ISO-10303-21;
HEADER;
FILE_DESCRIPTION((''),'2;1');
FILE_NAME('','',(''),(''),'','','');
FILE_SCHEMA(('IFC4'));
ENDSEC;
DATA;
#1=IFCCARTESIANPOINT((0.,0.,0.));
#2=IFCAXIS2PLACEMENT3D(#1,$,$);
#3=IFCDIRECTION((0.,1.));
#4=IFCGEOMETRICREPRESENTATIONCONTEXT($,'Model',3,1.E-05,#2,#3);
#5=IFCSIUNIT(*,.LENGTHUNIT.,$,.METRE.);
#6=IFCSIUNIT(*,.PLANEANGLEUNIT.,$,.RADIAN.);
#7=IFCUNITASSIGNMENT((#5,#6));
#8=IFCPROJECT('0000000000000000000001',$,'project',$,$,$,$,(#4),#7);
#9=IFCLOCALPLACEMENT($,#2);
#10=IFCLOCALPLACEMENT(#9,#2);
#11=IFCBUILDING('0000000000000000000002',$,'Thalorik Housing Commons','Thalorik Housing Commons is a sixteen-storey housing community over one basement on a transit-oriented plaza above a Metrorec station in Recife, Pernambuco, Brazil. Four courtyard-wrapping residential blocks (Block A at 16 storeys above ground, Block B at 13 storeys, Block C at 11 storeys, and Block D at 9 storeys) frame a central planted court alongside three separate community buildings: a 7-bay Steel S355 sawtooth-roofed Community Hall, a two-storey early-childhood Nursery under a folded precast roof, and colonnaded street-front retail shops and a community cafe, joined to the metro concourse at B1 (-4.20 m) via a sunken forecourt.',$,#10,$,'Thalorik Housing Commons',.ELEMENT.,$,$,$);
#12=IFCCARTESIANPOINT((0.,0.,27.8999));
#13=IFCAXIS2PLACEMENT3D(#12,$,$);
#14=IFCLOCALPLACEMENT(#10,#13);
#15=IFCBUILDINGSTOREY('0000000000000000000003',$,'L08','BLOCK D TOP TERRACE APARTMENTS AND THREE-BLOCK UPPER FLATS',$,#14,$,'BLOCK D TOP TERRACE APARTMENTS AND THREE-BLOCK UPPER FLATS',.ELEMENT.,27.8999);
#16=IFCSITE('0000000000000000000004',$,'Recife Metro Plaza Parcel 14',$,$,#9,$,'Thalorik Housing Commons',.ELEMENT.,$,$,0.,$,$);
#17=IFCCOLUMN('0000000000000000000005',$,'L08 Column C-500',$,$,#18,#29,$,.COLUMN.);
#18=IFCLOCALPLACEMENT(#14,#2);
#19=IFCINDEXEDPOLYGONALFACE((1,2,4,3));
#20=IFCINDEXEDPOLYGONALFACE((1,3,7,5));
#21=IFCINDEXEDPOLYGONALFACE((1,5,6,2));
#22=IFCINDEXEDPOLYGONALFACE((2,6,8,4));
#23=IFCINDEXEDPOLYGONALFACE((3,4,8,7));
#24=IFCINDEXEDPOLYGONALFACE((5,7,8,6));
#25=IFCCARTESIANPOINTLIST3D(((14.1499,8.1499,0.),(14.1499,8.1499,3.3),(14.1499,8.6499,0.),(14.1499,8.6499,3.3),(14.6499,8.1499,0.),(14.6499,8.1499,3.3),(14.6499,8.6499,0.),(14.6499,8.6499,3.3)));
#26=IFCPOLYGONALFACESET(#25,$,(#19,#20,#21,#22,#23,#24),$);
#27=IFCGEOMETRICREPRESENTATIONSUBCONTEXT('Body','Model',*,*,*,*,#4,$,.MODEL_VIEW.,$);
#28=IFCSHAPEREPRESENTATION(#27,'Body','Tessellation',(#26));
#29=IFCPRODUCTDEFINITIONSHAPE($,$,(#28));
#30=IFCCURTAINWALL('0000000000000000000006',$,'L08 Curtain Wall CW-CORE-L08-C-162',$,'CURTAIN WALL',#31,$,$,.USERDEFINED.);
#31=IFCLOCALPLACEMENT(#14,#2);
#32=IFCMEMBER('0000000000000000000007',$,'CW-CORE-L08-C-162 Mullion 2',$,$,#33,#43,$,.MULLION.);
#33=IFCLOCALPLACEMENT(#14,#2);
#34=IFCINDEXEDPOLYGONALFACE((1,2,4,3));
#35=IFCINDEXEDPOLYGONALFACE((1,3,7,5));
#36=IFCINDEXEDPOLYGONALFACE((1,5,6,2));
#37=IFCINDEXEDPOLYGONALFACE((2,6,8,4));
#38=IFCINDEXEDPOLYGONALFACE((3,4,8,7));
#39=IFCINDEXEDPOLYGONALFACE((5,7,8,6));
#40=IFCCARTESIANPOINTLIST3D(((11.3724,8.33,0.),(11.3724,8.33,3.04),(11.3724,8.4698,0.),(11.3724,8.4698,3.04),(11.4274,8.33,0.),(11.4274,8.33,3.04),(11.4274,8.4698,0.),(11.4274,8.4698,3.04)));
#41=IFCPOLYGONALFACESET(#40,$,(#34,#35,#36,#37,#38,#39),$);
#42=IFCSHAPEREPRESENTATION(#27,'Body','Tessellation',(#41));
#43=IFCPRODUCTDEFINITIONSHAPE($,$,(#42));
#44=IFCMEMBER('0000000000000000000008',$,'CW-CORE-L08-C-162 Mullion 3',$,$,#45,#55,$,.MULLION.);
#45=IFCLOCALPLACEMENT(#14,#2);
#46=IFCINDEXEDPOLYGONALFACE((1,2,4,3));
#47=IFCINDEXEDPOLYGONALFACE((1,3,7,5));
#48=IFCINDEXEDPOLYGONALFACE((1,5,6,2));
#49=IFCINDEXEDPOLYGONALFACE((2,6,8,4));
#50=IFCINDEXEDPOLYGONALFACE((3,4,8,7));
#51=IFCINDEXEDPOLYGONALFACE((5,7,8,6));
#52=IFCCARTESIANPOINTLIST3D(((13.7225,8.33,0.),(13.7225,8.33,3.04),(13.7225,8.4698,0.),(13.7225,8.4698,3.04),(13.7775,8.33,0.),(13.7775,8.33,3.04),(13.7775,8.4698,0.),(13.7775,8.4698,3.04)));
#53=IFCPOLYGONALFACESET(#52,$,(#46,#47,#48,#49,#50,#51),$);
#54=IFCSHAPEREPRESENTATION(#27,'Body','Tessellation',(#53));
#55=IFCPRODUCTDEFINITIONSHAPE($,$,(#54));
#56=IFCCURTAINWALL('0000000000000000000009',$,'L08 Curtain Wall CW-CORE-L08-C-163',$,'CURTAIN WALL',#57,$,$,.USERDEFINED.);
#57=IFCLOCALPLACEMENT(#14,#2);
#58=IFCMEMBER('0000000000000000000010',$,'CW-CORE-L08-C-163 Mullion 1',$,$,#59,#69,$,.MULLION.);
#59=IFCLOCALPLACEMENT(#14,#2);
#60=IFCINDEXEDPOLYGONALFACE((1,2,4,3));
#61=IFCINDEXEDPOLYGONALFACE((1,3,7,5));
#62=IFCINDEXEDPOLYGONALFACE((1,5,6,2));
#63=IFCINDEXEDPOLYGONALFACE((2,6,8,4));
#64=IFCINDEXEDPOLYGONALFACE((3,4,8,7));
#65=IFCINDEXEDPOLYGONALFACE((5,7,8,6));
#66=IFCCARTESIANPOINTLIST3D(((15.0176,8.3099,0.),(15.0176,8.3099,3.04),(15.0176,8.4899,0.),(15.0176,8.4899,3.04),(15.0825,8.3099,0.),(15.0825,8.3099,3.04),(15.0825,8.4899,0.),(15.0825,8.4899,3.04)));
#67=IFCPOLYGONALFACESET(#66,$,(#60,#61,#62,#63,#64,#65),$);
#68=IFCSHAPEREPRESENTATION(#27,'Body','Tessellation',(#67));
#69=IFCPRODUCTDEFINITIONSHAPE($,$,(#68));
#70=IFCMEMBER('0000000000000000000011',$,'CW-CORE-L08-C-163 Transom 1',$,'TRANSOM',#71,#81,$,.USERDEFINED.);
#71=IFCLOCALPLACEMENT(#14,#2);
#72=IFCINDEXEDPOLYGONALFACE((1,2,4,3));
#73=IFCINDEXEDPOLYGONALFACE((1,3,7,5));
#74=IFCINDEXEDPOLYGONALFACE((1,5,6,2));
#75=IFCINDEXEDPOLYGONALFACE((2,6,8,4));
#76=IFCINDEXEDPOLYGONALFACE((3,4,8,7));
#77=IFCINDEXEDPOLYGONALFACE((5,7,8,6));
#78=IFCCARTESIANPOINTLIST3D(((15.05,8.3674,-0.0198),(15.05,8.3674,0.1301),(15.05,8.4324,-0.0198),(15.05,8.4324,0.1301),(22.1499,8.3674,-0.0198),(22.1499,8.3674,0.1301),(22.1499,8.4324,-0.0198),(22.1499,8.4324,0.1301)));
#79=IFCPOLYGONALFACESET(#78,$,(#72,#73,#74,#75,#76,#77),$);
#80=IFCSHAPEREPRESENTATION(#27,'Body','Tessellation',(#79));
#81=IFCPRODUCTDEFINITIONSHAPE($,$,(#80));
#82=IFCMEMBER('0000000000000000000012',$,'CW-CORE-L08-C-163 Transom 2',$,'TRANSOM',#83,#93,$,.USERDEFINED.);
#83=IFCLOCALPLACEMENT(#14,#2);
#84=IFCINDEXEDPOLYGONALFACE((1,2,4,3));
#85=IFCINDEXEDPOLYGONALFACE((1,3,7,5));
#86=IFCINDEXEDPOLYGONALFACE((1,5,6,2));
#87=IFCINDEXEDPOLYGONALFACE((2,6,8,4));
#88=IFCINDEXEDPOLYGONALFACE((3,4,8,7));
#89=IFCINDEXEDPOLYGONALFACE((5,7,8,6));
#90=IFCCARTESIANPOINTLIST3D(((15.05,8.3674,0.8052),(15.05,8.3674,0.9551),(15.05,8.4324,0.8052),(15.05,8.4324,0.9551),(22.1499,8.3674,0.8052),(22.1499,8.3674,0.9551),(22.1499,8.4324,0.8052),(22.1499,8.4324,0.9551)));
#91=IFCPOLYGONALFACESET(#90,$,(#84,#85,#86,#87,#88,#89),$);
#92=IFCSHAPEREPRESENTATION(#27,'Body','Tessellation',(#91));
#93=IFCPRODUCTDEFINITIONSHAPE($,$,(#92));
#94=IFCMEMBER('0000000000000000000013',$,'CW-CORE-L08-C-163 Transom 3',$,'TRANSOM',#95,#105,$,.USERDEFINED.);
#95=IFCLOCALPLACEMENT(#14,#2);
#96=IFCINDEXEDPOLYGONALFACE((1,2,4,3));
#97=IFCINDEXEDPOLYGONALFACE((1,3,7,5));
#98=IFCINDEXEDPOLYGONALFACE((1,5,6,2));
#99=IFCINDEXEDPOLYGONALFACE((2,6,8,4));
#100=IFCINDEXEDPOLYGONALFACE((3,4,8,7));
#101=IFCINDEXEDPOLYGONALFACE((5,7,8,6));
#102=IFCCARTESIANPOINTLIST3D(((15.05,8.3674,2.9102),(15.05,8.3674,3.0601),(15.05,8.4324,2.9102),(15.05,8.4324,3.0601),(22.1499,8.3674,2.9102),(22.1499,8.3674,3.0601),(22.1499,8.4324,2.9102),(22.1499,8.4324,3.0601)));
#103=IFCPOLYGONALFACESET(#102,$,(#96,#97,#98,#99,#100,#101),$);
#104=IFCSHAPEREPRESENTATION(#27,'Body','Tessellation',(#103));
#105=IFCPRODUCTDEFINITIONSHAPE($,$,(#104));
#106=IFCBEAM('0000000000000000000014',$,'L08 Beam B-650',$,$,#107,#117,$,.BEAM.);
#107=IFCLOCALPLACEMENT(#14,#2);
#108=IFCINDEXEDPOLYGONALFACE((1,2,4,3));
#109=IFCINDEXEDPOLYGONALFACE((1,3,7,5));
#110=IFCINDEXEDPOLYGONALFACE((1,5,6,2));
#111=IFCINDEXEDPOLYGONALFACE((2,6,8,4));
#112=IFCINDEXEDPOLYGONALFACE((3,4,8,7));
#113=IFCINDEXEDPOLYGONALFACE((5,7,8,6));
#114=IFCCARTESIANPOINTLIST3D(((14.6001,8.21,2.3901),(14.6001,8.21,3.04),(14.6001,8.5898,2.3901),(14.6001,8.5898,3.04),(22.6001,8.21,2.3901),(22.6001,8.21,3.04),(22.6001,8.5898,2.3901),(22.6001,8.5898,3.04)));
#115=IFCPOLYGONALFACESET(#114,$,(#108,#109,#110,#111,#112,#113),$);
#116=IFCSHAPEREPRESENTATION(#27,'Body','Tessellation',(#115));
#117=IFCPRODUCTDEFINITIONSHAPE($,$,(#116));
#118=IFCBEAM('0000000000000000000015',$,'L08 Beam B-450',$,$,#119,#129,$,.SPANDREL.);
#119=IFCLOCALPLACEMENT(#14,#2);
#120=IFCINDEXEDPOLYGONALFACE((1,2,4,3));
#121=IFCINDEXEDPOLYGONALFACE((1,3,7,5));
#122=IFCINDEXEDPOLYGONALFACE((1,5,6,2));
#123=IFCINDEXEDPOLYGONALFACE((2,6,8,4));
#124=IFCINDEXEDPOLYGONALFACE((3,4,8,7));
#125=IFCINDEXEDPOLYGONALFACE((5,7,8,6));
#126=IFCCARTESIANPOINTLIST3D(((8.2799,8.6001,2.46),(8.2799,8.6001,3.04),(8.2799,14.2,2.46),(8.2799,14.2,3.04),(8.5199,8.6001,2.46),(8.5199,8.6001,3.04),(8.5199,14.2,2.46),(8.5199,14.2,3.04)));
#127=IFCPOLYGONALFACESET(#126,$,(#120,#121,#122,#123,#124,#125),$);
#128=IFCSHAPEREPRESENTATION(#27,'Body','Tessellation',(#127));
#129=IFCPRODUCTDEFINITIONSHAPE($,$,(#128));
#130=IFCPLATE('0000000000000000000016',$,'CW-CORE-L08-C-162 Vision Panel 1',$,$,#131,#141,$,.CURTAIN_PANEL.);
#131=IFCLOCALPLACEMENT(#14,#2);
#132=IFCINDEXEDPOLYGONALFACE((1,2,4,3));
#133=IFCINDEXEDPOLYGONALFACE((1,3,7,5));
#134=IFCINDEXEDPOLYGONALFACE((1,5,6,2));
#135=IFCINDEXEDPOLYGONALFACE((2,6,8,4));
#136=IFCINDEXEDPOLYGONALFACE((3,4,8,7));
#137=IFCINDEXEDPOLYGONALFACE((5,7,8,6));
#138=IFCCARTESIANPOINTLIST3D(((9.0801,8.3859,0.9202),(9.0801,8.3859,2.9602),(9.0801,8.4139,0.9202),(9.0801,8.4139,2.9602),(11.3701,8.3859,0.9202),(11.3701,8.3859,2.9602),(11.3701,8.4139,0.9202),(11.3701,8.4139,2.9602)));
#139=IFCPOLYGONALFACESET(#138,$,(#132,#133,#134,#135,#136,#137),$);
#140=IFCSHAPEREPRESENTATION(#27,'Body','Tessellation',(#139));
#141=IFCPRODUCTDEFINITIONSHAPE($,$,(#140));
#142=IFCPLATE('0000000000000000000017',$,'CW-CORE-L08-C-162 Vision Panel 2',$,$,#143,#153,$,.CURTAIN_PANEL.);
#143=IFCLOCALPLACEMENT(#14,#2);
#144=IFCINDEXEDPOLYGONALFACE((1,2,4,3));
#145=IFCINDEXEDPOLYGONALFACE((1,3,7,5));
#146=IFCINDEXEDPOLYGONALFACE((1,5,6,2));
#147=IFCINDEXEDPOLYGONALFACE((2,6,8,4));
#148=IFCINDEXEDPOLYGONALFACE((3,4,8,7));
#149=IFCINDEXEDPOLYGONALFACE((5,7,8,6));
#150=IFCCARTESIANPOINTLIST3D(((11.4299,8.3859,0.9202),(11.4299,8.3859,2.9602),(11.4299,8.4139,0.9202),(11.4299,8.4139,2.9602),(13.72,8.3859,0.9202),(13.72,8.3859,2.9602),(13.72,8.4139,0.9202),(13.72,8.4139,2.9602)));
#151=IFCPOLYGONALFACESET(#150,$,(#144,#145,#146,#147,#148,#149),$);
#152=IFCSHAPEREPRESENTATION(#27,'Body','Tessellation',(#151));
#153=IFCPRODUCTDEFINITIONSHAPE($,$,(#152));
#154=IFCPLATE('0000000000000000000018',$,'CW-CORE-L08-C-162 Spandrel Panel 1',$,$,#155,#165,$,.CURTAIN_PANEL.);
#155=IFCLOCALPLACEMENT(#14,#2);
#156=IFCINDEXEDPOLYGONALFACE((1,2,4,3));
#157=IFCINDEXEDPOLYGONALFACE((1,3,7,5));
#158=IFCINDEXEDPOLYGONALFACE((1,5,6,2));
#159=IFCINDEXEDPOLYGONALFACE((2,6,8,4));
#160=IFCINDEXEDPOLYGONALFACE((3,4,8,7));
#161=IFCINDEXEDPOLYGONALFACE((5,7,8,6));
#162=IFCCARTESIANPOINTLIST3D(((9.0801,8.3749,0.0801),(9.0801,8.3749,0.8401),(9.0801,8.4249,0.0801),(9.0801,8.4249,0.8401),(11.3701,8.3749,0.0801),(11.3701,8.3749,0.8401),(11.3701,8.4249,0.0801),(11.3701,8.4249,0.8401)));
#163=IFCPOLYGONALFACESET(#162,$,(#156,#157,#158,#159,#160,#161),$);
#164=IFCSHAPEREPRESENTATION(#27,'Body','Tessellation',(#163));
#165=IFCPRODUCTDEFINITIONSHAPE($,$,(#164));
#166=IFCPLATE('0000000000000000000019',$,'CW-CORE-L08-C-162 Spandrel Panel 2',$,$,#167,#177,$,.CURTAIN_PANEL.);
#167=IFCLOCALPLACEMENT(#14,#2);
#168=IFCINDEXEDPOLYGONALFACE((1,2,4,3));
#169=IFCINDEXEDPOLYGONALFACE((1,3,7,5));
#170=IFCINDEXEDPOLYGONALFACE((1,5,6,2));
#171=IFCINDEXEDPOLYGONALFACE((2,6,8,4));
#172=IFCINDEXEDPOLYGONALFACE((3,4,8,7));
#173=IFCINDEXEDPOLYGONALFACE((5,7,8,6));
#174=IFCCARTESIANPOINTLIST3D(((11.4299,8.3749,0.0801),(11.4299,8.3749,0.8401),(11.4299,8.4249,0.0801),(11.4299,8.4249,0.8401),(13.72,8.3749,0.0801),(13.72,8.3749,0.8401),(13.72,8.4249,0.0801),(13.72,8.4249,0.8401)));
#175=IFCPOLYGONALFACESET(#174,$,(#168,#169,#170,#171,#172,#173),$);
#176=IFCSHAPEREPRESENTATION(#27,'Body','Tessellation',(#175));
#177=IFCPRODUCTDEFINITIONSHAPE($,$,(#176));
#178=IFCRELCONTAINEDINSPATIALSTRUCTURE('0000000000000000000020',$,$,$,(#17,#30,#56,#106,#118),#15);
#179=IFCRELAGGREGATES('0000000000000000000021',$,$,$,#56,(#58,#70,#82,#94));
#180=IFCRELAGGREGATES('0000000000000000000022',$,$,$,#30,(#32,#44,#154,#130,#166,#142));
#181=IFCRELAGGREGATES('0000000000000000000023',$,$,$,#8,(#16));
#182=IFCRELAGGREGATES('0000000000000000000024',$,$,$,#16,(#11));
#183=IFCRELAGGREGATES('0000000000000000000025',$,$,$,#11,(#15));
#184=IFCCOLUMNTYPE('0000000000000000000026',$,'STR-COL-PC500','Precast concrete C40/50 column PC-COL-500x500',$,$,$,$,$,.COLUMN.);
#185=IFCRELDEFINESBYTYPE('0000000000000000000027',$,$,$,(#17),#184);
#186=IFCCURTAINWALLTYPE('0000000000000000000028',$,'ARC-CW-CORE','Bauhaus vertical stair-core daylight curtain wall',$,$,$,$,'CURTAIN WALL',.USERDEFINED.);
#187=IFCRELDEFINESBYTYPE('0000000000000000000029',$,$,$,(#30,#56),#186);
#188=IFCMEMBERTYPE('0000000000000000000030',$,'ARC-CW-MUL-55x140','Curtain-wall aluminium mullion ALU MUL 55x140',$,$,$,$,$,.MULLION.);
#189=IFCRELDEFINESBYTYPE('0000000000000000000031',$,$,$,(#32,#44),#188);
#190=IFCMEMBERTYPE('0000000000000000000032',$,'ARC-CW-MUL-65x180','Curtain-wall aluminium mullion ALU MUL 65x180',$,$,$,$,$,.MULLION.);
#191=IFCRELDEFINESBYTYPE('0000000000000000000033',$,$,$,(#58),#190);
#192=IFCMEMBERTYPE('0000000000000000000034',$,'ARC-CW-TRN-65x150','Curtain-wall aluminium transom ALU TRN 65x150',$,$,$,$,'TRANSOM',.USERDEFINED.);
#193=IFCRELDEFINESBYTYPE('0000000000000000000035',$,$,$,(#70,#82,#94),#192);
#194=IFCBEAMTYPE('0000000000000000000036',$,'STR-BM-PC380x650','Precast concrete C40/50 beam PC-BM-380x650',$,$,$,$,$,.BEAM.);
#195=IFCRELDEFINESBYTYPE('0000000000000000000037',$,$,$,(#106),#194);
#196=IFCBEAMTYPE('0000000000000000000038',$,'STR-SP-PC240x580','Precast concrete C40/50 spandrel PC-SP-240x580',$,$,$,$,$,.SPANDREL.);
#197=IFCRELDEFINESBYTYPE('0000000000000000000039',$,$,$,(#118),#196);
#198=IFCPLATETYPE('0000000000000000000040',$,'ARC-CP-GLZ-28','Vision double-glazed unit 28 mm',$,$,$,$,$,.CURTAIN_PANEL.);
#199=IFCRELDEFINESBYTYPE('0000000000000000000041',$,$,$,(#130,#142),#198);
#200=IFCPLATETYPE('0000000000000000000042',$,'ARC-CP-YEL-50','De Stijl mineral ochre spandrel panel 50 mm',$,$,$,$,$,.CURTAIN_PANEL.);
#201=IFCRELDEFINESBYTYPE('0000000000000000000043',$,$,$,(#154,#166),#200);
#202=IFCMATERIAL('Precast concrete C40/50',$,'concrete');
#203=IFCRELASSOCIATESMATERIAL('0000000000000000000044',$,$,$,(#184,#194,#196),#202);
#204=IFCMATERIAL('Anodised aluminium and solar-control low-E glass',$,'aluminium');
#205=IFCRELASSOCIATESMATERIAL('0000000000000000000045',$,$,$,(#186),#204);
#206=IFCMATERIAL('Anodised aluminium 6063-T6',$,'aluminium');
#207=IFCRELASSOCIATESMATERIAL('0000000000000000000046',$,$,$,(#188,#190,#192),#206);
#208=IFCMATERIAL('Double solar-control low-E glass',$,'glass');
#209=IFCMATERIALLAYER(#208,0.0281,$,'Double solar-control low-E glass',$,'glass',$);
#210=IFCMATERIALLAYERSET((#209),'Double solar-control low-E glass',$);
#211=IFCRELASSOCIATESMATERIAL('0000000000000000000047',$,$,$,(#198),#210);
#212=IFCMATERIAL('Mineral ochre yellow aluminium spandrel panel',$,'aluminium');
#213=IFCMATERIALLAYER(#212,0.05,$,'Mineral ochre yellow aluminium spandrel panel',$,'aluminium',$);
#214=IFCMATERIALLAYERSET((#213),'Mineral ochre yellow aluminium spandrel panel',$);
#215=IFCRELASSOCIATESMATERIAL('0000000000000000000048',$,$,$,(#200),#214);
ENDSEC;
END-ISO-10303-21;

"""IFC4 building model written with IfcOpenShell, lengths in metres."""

from ifc_helpers import new_model, si_unit, direction, frame, origin, origin_2d, place, context, subcontext, project, spatial, rectangle, extrude, material, layer, layer_set, material_profile, profile_set, type_object, element, aggregate, save


model = new_model("IFC4")

# Units and contexts
model_context = context("Model", 3, precision=1e-05, world=origin(), true_north=direction((0.0, 1.0)))
body_context = subcontext(model_context, "Body", "Model", "MODEL_VIEW")
ifc_project = project(units=[si_unit("LENGTHUNIT", "METRE"), si_unit("PLANEANGLEUNIT", "RADIAN")], contexts=[model_context])

# Site, building, storey
site_placement = place(None, origin())
site = spatial("IfcSite", under=ifc_project, at=site_placement, Name="Recife Metro Plaza Parcel 14", LongName="Thalorik Housing Commons", CompositionType="ELEMENT", RefElevation=0.0)
building_placement = place(site_placement, origin())
building = spatial("IfcBuilding", under=site, at=building_placement, Name="Thalorik Housing Commons", Description="Thalorik Housing Commons is a sixteen-storey housing community over one basement on a transit-oriented plaza above a Metrorec station in Recife, Pernambuco, Brazil. Four courtyard-wrapping residential blocks (Block A at 16 storeys above ground, Block B at 13 storeys, Block C at 11 storeys, and Block D at 9 storeys) frame a central planted court alongside three separate community buildings: a 7-bay Steel S355 sawtooth-roofed Community Hall, a two-storey early-childhood Nursery under a folded precast roof, and colonnaded street-front retail shops and a community cafe, joined to the metro concourse at B1 (-4.20 m) via a sunken forecourt.", LongName="Thalorik Housing Commons", CompositionType="ELEMENT")
storey_placement = place(building_placement, frame((0.0, 0.0, 27.8999)))
storey = spatial("IfcBuildingStorey", under=building, at=storey_placement, Name="L08", Description="BLOCK D TOP TERRACE APARTMENTS AND THREE-BLOCK UPPER FLATS", LongName="BLOCK D TOP TERRACE APARTMENTS AND THREE-BLOCK UPPER FLATS", CompositionType="ELEMENT", Elevation=27.8999)

# Column
ifc_material_1 = material(Name="Precast concrete C40/50", Category="concrete")
ifc_material_profile_1 = material_profile(ifc_material_1, rectangle(XDim=0.5, YDim=0.5, at=origin_2d()), Name="PC 500x500", Category="concrete")
ifc_profile_set_1 = profile_set([ifc_material_profile_1], Name="Precast concrete C40/50")
column_type = type_object("IfcColumnType", Name="STR-COL-PC500", Description="Precast concrete C40/50 column PC-COL-500x500", PredefinedType="COLUMN", material=ifc_profile_set_1)
column_placement = place(storey_placement, frame((14.3999, 8.3999, 0.0), z_axis=(0.0, 0.0, 1.0), x_axis=(1.0, 0.0, 0.0)))
element("IfcColumn", 1, at=column_placement, inside=storey, type_object=column_type, Name="L08 Column C-500", PredefinedType="COLUMN", context=body_context, shape_type="SweptSolid", body=[
    extrude(rectangle(XDim=0.5, YDim=0.5, at=origin_2d()), origin(), (0.0, 0.0, 1.0), 3.3),
])

# Curtain walls, members
ifc_material_2 = material(Name="Anodised aluminium and solar-control low-E glass", Category="aluminium")
curtain_wall_type = type_object("IfcCurtainWallType", Name="ARC-CW-CORE", Description="Bauhaus vertical stair-core daylight curtain wall", ElementType="CURTAIN WALL", PredefinedType="USERDEFINED", material=ifc_material_2)
curtain_wall_1_placement = place(storey_placement, origin())
curtain_wall_1 = element("IfcCurtainWall", 2, at=curtain_wall_1_placement, inside=storey, type_object=curtain_wall_type, Name="L08 Curtain Wall CW-CORE-L08-C-162", ObjectType="CURTAIN WALL", PredefinedType="USERDEFINED")
ifc_material_3 = material(Name="Anodised aluminium 6063-T6", Category="aluminium")
ifc_material_profile_2 = material_profile(ifc_material_3, rectangle(XDim=0.0549, YDim=0.1399, at=origin_2d()), Name="ALU MUL 55x140", Category="aluminium")
ifc_profile_set_2 = profile_set([ifc_material_profile_2], Name="Anodised aluminium 6063-T6")
member_type_1 = type_object("IfcMemberType", Name="ARC-CW-MUL-55x140", Description="Curtain-wall aluminium mullion ALU MUL 55x140", PredefinedType="MULLION", material=ifc_profile_set_2)
member_1_placement = place(storey_placement, frame((11.3999, 8.3999, 0.0), z_axis=(0.0, 0.0, 1.0), x_axis=(1.0, 0.0, 0.0)))
member_1 = element("IfcMember", 3, at=member_1_placement, type_object=member_type_1, Name="CW-CORE-L08-C-162 Mullion 2", PredefinedType="MULLION", context=body_context, shape_type="SweptSolid", body=[
    extrude(rectangle(XDim=0.0549, YDim=0.1399, at=origin_2d()), origin(), (0.0, 0.0, 1.0), 3.04),
])
member_2_placement = place(storey_placement, frame((13.75, 8.3999, 0.0), z_axis=(0.0, 0.0, 1.0), x_axis=(1.0, 0.0, 0.0)))
member_2 = element("IfcMember", 4, at=member_2_placement, type_object=member_type_1, Name="CW-CORE-L08-C-162 Mullion 3", PredefinedType="MULLION", context=body_context, shape_type="SweptSolid", body=[
    extrude(rectangle(XDim=0.0549, YDim=0.1399, at=origin_2d()), origin(), (0.0, 0.0, 1.0), 3.04),
])
curtain_wall_2_placement = place(storey_placement, origin())
curtain_wall_2 = element("IfcCurtainWall", 5, at=curtain_wall_2_placement, inside=storey, type_object=curtain_wall_type, Name="L08 Curtain Wall CW-CORE-L08-C-163", ObjectType="CURTAIN WALL", PredefinedType="USERDEFINED")
ifc_material_profile_3 = material_profile(ifc_material_3, rectangle(XDim=0.0649, YDim=0.1799, at=origin_2d()), Name="ALU MUL 65x180", Category="aluminium")
ifc_profile_set_3 = profile_set([ifc_material_profile_3], Name="Anodised aluminium 6063-T6")
member_type_2 = type_object("IfcMemberType", Name="ARC-CW-MUL-65x180", Description="Curtain-wall aluminium mullion ALU MUL 65x180", PredefinedType="MULLION", material=ifc_profile_set_3)
member_3_placement = place(storey_placement, frame((15.05, 8.3999, 0.0), z_axis=(0.0, 0.0, 1.0), x_axis=(1.0, 0.0, 0.0)))
member_3 = element("IfcMember", 6, at=member_3_placement, type_object=member_type_2, Name="CW-CORE-L08-C-163 Mullion 1", PredefinedType="MULLION", context=body_context, shape_type="SweptSolid", body=[
    extrude(rectangle(XDim=0.0649, YDim=0.1799, at=origin_2d()), origin(), (0.0, 0.0, 1.0), 3.04),
])
ifc_material_profile_4 = material_profile(ifc_material_3, rectangle(XDim=0.0649, YDim=0.1499, at=origin_2d()), Name="ALU TRN 65x150", Category="aluminium")
ifc_profile_set_4 = profile_set([ifc_material_profile_4], Name="Anodised aluminium 6063-T6")
member_type_3 = type_object("IfcMemberType", Name="ARC-CW-TRN-65x150", Description="Curtain-wall aluminium transom ALU TRN 65x150", ElementType="TRANSOM", PredefinedType="USERDEFINED", material=ifc_profile_set_4)
member_4_placement = place(storey_placement, frame((15.05, 8.3999, 0.0552), z_axis=(1.0, 0.0, 0.0), x_axis=(0.0, 1.0, 0.0)))
member_4 = element("IfcMember", 7, at=member_4_placement, type_object=member_type_3, Name="CW-CORE-L08-C-163 Transom 1", ObjectType="TRANSOM", PredefinedType="USERDEFINED", context=body_context, shape_type="SweptSolid", body=[
    extrude(rectangle(XDim=0.0649, YDim=0.1499, at=origin_2d()), origin(), (0.0, 0.0, 1.0), 7.0999),
])
member_5_placement = place(storey_placement, frame((15.05, 8.3999, 0.8801), z_axis=(1.0, 0.0, 0.0), x_axis=(0.0, 1.0, 0.0)))
member_5 = element("IfcMember", 8, at=member_5_placement, type_object=member_type_3, Name="CW-CORE-L08-C-163 Transom 2", ObjectType="TRANSOM", PredefinedType="USERDEFINED", context=body_context, shape_type="SweptSolid", body=[
    extrude(rectangle(XDim=0.0649, YDim=0.1499, at=origin_2d()), origin(), (0.0, 0.0, 1.0), 7.0999),
])
member_6_placement = place(storey_placement, frame((15.05, 8.3999, 2.9851), z_axis=(1.0, 0.0, 0.0), x_axis=(0.0, 1.0, 0.0)))
member_6 = element("IfcMember", 9, at=member_6_placement, type_object=member_type_3, Name="CW-CORE-L08-C-163 Transom 3", ObjectType="TRANSOM", PredefinedType="USERDEFINED", context=body_context, shape_type="SweptSolid", body=[
    extrude(rectangle(XDim=0.0649, YDim=0.1499, at=origin_2d()), origin(), (0.0, 0.0, 1.0), 7.0999),
])
aggregate(curtain_wall_2, [member_3, member_4, member_5, member_6])

# Beams
ifc_material_profile_5 = material_profile(ifc_material_1, rectangle(XDim=0.3799, YDim=0.6499, at=origin_2d()), Name="PC 380x650", Category="concrete")
ifc_profile_set_5 = profile_set([ifc_material_profile_5], Name="Precast concrete C40/50")
beam_type_1 = type_object("IfcBeamType", Name="STR-BM-PC380x650", Description="Precast concrete C40/50 beam PC-BM-380x650", PredefinedType="BEAM", material=ifc_profile_set_5)
beam_1_placement = place(storey_placement, frame((14.6001, 8.3999, 2.7151), z_axis=(1.0, 0.0, 0.0), x_axis=(0.0, 1.0, 0.0)))
element("IfcBeam", 10, at=beam_1_placement, inside=storey, type_object=beam_type_1, Name="L08 Beam B-650", PredefinedType="BEAM", context=body_context, shape_type="SweptSolid", body=[
    extrude(rectangle(XDim=0.3799, YDim=0.6499, at=origin_2d()), origin(), (0.0, 0.0, 1.0), 8.0),
])
ifc_material_profile_6 = material_profile(ifc_material_1, rectangle(XDim=0.24, YDim=0.5801, at=origin_2d()), Name="PC SP 240x580", Category="concrete")
ifc_profile_set_6 = profile_set([ifc_material_profile_6], Name="Precast concrete C40/50")
beam_type_2 = type_object("IfcBeamType", Name="STR-SP-PC240x580", Description="Precast concrete C40/50 spandrel PC-SP-240x580", PredefinedType="SPANDREL", material=ifc_profile_set_6)
beam_2_placement = place(storey_placement, frame((8.3999, 8.6001, 2.75), z_axis=(0.0, 1.0, 0.0), x_axis=(-1.0, 0.0, 0.0)))
element("IfcBeam", 11, at=beam_2_placement, inside=storey, type_object=beam_type_2, Name="L08 Beam B-450", PredefinedType="SPANDREL", context=body_context, shape_type="SweptSolid", body=[
    extrude(rectangle(XDim=0.24, YDim=0.5801, at=origin_2d()), origin(), (0.0, 0.0, 1.0), 5.5999),
])

# Plates
ifc_material_4 = material(Name="Double solar-control low-E glass", Category="glass")
ifc_layer_1 = layer(ifc_material_4, 0.0281, Name="Double solar-control low-E glass", Category="glass")
ifc_layer_set_1 = layer_set([ifc_layer_1], Name="Double solar-control low-E glass")
plate_type_1 = type_object("IfcPlateType", Name="ARC-CP-GLZ-28", Description="Vision double-glazed unit 28 mm", PredefinedType="CURTAIN_PANEL", material=ifc_layer_set_1)
plate_1_placement = place(storey_placement, frame((10.2251, 8.3999, 0.9202), z_axis=(0.0, 0.0, 1.0), x_axis=(1.0, 0.0, 0.0)))
plate_1 = element("IfcPlate", 12, at=plate_1_placement, type_object=plate_type_1, Name="CW-CORE-L08-C-162 Vision Panel 1", PredefinedType="CURTAIN_PANEL", context=body_context, shape_type="SweptSolid", body=[
    extrude(rectangle(XDim=2.29, YDim=0.0281, at=origin_2d()), origin(), (0.0, 0.0, 1.0), 2.04),
])
plate_2_placement = place(storey_placement, frame((12.575, 8.3999, 0.9202), z_axis=(0.0, 0.0, 1.0), x_axis=(1.0, 0.0, 0.0)))
plate_2 = element("IfcPlate", 13, at=plate_2_placement, type_object=plate_type_1, Name="CW-CORE-L08-C-162 Vision Panel 2", PredefinedType="CURTAIN_PANEL", context=body_context, shape_type="SweptSolid", body=[
    extrude(rectangle(XDim=2.29, YDim=0.0281, at=origin_2d()), origin(), (0.0, 0.0, 1.0), 2.04),
])
ifc_material_5 = material(Name="Mineral ochre yellow aluminium spandrel panel", Category="aluminium")
ifc_layer_2 = layer(ifc_material_5, 0.05, Name="Mineral ochre yellow aluminium spandrel panel", Category="aluminium")
ifc_layer_set_2 = layer_set([ifc_layer_2], Name="Mineral ochre yellow aluminium spandrel panel")
plate_type_2 = type_object("IfcPlateType", Name="ARC-CP-YEL-50", Description="De Stijl mineral ochre spandrel panel 50 mm", PredefinedType="CURTAIN_PANEL", material=ifc_layer_set_2)
plate_3_placement = place(storey_placement, frame((10.2251, 8.3999, 0.0801), z_axis=(0.0, 0.0, 1.0), x_axis=(1.0, 0.0, 0.0)))
plate_3 = element("IfcPlate", 14, at=plate_3_placement, type_object=plate_type_2, Name="CW-CORE-L08-C-162 Spandrel Panel 1", PredefinedType="CURTAIN_PANEL", context=body_context, shape_type="SweptSolid", body=[
    extrude(rectangle(XDim=2.29, YDim=0.05, at=origin_2d()), origin(), (0.0, 0.0, 1.0), 0.76),
])
plate_4_placement = place(storey_placement, frame((12.575, 8.3999, 0.0801), z_axis=(0.0, 0.0, 1.0), x_axis=(1.0, 0.0, 0.0)))
plate_4 = element("IfcPlate", 15, at=plate_4_placement, type_object=plate_type_2, Name="CW-CORE-L08-C-162 Spandrel Panel 2", PredefinedType="CURTAIN_PANEL", context=body_context, shape_type="SweptSolid", body=[
    extrude(rectangle(XDim=2.29, YDim=0.05, at=origin_2d()), origin(), (0.0, 0.0, 1.0), 0.76),
])
aggregate(curtain_wall_1, [member_1, member_2, plate_3, plate_1, plate_4, plate_2])

save(model, "model.ifc")
